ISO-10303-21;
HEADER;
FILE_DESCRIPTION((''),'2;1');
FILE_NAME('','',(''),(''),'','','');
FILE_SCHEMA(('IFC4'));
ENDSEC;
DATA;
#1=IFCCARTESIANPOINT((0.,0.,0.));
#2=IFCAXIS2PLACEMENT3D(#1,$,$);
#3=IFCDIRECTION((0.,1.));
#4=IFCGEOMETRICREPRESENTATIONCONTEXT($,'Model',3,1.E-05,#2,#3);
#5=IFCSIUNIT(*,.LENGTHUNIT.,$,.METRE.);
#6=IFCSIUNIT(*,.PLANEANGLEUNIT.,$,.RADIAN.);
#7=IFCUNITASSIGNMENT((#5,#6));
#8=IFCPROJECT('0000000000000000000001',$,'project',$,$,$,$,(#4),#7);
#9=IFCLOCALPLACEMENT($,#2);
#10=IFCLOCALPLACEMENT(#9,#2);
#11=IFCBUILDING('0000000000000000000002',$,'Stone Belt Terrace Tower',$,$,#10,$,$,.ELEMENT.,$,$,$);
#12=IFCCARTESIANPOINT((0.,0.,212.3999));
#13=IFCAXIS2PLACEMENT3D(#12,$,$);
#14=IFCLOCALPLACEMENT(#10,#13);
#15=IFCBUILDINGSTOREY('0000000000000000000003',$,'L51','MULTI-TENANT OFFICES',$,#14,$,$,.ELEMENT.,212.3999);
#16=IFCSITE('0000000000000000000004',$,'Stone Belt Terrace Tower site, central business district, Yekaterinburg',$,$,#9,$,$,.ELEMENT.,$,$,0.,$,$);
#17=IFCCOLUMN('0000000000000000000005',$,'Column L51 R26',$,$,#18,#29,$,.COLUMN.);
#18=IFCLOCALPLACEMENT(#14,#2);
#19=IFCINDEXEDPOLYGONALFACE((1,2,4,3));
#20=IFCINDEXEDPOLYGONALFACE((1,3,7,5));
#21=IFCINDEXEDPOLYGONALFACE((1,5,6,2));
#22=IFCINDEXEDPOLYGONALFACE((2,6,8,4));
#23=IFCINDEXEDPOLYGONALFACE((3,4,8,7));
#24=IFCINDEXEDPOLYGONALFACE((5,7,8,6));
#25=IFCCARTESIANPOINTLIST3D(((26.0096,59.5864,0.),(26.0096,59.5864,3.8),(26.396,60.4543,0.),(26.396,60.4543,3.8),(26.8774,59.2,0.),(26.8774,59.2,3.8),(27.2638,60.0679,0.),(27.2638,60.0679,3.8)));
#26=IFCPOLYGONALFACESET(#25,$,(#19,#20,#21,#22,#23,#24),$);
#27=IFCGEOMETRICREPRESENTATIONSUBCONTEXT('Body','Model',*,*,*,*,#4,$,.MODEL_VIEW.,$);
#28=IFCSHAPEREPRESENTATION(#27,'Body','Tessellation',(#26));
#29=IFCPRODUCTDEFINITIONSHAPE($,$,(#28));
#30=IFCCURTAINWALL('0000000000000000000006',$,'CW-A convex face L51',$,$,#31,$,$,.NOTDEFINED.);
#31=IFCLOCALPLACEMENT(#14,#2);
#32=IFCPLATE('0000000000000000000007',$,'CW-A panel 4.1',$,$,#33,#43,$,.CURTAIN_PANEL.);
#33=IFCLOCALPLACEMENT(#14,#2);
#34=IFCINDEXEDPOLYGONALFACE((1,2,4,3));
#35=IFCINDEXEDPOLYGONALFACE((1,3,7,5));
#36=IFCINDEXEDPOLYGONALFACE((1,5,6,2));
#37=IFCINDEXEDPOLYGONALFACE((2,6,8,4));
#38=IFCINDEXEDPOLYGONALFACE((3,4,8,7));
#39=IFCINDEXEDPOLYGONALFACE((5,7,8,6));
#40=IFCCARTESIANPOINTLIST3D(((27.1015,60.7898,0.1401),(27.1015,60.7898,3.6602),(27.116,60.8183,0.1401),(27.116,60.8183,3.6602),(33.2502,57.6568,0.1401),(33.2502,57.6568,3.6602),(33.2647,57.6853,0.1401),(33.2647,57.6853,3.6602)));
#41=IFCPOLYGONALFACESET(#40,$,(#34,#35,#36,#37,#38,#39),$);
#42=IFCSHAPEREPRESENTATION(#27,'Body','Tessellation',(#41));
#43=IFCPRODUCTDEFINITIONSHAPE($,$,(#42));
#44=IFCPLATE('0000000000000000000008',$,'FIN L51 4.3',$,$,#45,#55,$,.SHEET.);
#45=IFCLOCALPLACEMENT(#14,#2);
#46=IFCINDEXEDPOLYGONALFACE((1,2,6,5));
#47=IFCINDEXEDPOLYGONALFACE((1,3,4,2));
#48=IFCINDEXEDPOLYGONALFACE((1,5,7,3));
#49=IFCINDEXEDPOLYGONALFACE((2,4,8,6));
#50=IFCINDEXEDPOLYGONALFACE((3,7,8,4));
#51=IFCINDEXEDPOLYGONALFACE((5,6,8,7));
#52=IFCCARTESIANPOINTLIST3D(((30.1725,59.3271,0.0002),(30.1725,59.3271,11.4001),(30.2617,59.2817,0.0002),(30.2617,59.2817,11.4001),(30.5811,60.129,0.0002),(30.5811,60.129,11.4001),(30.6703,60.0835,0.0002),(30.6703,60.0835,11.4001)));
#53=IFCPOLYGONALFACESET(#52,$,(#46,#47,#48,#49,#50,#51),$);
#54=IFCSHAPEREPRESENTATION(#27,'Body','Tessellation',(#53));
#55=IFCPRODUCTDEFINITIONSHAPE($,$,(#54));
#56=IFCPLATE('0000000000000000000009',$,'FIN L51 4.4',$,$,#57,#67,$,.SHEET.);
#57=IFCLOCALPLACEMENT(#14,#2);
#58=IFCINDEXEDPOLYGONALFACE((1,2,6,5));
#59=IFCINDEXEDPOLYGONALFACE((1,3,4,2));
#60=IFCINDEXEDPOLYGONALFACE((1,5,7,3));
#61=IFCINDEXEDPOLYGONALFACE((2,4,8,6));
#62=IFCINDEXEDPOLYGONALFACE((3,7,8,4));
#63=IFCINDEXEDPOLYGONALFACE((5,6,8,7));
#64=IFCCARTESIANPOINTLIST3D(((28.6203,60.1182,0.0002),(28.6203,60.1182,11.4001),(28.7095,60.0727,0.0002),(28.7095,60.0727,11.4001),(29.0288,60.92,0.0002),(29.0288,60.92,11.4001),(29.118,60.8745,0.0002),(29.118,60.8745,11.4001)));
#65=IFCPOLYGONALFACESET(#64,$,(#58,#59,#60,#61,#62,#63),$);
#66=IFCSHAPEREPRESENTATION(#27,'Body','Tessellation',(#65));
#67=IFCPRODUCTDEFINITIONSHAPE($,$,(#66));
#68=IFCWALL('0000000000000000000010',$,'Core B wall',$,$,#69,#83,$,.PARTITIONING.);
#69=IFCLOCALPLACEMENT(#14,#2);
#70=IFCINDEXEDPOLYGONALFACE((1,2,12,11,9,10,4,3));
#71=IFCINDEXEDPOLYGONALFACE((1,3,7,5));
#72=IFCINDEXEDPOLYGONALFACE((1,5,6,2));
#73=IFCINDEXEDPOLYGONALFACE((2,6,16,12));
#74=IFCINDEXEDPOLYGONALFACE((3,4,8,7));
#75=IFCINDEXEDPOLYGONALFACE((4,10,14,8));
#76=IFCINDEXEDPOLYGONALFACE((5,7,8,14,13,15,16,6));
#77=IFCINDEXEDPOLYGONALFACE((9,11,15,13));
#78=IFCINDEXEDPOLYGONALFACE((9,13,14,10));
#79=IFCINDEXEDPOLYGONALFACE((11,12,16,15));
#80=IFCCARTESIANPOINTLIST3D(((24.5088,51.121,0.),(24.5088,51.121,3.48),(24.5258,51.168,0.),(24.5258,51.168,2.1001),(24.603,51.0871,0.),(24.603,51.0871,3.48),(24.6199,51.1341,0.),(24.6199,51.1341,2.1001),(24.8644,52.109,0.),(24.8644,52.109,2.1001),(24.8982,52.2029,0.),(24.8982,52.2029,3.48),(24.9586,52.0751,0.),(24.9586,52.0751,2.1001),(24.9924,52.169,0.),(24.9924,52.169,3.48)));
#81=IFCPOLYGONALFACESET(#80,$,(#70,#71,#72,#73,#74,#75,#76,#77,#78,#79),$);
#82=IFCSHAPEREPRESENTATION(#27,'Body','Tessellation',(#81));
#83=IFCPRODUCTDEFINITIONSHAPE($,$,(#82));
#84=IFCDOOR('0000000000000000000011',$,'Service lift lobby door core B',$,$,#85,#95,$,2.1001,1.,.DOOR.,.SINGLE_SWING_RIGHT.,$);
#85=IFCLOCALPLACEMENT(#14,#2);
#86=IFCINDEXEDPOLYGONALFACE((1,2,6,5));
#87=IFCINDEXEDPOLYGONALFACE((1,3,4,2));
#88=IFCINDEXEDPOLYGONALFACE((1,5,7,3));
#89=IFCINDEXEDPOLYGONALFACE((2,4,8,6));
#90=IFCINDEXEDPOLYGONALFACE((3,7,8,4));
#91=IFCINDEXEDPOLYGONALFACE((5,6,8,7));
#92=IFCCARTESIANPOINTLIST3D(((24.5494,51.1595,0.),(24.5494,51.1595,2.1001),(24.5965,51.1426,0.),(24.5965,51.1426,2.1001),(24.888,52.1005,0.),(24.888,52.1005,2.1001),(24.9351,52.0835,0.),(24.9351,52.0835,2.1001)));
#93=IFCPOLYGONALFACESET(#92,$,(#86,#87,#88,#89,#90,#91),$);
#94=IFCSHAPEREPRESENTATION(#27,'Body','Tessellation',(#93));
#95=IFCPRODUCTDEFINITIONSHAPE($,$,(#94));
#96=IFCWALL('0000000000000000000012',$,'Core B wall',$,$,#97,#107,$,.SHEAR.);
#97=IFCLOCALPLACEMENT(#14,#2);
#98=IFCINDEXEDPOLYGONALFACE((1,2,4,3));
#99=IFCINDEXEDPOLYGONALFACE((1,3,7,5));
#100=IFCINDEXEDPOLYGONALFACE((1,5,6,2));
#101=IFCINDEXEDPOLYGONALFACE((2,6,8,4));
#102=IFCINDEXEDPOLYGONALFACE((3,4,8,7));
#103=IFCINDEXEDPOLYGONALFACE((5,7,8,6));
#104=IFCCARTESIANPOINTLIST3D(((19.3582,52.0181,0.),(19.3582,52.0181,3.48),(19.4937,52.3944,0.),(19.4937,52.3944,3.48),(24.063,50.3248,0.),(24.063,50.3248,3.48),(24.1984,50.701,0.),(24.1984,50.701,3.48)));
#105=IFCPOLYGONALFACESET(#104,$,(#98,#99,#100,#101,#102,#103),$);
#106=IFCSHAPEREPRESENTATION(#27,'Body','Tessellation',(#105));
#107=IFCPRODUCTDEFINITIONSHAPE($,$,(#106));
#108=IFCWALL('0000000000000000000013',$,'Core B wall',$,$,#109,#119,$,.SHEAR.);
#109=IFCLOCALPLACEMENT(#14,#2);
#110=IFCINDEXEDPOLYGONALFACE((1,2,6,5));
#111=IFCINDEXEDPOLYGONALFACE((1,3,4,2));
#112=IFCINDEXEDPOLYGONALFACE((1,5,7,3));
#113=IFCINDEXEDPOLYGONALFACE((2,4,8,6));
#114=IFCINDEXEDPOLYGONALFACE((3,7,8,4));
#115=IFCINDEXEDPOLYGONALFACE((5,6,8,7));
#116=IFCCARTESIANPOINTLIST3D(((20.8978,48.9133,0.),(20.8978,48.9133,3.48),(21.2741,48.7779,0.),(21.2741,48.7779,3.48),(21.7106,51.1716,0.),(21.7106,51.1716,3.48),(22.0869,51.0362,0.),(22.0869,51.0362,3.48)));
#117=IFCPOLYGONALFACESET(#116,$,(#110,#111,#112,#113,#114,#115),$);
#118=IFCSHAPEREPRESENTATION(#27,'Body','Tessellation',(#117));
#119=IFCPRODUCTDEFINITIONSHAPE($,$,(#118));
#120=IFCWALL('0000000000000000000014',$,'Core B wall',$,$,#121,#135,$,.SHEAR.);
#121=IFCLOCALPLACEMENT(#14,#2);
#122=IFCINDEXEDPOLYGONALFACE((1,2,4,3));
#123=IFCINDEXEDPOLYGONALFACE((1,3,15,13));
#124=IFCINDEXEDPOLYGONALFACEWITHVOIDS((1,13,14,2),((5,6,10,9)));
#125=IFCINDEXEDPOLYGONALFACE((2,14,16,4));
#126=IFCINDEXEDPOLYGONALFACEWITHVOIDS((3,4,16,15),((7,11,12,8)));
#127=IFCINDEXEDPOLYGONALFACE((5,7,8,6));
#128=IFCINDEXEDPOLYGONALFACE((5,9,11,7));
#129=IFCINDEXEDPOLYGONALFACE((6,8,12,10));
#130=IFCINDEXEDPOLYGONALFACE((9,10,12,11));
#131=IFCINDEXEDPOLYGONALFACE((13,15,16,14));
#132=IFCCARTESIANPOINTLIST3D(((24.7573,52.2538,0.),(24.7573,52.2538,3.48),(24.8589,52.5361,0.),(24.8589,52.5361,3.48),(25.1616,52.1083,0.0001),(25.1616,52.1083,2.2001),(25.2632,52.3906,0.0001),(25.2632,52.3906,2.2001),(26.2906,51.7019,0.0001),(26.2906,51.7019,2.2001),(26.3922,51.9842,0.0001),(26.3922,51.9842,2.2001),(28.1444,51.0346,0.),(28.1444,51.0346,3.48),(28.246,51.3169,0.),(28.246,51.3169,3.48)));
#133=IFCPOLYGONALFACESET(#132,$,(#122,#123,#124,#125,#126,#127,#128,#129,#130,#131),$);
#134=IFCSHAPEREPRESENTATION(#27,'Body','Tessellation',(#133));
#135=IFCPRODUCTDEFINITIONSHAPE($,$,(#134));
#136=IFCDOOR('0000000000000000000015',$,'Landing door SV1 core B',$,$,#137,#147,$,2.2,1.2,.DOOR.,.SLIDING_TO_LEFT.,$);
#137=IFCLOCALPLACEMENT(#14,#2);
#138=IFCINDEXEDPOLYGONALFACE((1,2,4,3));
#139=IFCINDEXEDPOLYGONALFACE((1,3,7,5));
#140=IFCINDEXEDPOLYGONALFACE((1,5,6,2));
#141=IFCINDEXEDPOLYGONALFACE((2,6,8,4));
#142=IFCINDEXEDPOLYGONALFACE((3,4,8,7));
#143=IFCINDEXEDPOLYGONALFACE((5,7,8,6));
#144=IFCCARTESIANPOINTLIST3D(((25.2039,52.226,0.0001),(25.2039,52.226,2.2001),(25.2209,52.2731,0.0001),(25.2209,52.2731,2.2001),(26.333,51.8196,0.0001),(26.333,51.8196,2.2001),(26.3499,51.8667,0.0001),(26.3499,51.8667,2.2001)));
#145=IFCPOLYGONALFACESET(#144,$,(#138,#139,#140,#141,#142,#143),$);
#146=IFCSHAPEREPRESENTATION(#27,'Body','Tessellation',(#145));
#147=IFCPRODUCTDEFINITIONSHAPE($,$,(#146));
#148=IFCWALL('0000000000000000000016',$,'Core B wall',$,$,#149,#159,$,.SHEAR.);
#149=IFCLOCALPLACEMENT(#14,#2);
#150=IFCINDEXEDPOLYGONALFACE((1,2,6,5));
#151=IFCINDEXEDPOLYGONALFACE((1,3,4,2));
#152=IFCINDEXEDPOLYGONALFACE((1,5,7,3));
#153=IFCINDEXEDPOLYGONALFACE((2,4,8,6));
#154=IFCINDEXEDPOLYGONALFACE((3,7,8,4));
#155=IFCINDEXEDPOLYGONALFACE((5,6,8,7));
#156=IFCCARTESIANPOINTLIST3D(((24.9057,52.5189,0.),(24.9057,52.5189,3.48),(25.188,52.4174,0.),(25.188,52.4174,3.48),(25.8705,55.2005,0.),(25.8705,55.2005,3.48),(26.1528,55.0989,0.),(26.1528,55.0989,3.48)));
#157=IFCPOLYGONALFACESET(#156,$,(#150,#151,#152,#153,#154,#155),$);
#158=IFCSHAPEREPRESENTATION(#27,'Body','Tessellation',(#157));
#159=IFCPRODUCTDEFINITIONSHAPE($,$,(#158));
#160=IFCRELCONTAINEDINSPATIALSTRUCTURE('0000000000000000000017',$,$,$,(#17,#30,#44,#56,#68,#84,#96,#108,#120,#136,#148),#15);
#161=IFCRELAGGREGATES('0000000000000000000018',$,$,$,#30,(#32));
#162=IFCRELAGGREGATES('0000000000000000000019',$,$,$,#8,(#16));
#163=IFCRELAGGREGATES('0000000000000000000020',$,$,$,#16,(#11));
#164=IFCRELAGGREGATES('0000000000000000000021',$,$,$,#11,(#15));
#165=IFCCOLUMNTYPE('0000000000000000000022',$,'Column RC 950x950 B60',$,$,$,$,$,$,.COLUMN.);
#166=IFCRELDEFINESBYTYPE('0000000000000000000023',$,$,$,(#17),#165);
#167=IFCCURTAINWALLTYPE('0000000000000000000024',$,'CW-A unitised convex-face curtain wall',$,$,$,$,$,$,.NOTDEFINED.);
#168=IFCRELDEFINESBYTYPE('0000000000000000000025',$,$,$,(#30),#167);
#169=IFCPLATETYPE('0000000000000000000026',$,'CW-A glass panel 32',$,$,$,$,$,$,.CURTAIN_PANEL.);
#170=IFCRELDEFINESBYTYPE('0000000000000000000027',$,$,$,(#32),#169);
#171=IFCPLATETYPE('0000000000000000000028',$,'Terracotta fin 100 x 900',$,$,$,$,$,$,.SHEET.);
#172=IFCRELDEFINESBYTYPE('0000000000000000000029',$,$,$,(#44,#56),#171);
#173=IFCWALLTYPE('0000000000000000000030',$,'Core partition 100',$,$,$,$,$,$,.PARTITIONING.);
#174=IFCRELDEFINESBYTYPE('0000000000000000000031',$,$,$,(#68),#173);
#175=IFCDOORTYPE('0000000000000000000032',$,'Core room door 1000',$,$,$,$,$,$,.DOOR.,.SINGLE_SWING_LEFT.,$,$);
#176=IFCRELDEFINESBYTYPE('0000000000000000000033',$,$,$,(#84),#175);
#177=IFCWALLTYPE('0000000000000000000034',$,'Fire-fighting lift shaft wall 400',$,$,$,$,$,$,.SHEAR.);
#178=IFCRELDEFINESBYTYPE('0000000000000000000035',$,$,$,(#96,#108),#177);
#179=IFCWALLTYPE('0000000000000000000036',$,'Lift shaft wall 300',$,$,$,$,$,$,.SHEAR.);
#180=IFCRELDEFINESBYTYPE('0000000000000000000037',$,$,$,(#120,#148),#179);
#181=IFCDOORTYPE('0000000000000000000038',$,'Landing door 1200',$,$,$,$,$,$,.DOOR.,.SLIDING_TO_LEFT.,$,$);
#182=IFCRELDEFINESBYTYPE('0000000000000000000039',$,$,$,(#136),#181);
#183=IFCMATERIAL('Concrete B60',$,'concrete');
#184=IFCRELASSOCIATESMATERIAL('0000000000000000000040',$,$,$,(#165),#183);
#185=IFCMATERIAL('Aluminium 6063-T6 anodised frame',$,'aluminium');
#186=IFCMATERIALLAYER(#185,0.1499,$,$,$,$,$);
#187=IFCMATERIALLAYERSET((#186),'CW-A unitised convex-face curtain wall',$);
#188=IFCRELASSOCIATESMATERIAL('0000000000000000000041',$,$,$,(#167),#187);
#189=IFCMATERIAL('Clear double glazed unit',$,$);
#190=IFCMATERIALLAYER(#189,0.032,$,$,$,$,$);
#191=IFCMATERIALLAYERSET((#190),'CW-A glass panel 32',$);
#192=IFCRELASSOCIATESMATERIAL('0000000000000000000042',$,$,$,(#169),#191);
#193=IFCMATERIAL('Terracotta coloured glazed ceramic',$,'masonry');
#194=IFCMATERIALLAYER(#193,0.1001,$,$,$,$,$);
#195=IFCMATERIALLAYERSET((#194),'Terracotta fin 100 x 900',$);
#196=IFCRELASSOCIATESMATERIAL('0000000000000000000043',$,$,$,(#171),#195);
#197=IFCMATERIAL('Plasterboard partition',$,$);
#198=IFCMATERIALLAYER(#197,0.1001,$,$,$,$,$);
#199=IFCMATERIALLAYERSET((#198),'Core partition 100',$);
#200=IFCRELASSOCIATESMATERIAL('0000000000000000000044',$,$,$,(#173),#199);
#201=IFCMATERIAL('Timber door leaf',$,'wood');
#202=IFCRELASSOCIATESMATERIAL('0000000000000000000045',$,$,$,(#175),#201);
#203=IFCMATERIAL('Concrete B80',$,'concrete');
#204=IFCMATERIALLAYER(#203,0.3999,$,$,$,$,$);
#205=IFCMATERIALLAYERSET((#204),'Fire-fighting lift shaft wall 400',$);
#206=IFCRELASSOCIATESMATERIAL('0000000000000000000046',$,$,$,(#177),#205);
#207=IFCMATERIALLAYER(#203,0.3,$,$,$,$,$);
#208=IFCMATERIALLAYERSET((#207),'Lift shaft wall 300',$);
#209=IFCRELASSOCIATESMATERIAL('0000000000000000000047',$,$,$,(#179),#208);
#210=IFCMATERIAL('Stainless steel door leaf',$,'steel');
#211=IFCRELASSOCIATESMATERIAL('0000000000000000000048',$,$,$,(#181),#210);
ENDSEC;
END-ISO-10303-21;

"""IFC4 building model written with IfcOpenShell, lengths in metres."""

from ifc_helpers import new_model, si_unit, direction, frame, frame_2d, origin, origin_2d, place, context, subcontext, project, spatial, rectangle, extrude, material, layer, layer_set, material_profile, profile_set, type_object, element, fill, aggregate, save


model = new_model("IFC4")

# Units and contexts
model_context = context("Model", 3, precision=1e-05, world=origin(), true_north=direction((0.0, 1.0)))
body_context = subcontext(model_context, "Body", "Model", "MODEL_VIEW")
ifc_project = project(units=[si_unit("LENGTHUNIT", "METRE"), si_unit("PLANEANGLEUNIT", "RADIAN")], contexts=[model_context])

# Site, building, storey
site_placement = place(None, origin())
site = spatial("IfcSite", under=ifc_project, at=site_placement, Name="Stone Belt Terrace Tower site, central business district, Yekaterinburg", CompositionType="ELEMENT", RefElevation=0.0)
building_placement = place(site_placement, origin())
building = spatial("IfcBuilding", under=site, at=building_placement, Name="Stone Belt Terrace Tower", CompositionType="ELEMENT")
storey_placement = place(building_placement, frame((0.0, 0.0, 212.3999)))
storey = spatial("IfcBuildingStorey", under=building, at=storey_placement, Name="L51", Description="MULTI-TENANT OFFICES", CompositionType="ELEMENT", Elevation=212.3999)

# Column
ifc_material_1 = material(Name="Concrete B60", Category="concrete")
ifc_material_profile = material_profile(ifc_material_1, rectangle(XDim=0.95, YDim=0.95, at=origin_2d()), Name="RC 950x950")
ifc_profile_set = profile_set([ifc_material_profile], Name="Concrete B60")
column_type = type_object("IfcColumnType", Name="Column RC 950x950 B60", PredefinedType="COLUMN", material=ifc_profile_set)
column_placement = place(storey_placement, frame((26.6367, 59.8271, 0.0), z_axis=(0.0, 0.0, 1.0), x_axis=(0.913545, -0.406737, 0.0)))
element("IfcColumn", 1, at=column_placement, inside=storey, type_object=column_type, Name="Column L51 R26", PredefinedType="COLUMN", context=body_context, shape_type="SweptSolid", body=[
    extrude(rectangle(XDim=0.95, YDim=0.95, at=origin_2d()), origin(), (0.0, 0.0, 1.0), 3.8),
])

# Curtain wall, plate
ifc_material_2 = material(Name="Aluminium 6063-T6 anodised frame", Category="aluminium")
ifc_layer_1 = layer(ifc_material_2, 0.1499)
ifc_layer_set_1 = layer_set([ifc_layer_1], Name="CW-A unitised convex-face curtain wall")
curtain_wall_type = type_object("IfcCurtainWallType", Name="CW-A unitised convex-face curtain wall", PredefinedType="NOTDEFINED", material=ifc_layer_set_1)
curtain_wall_placement = place(storey_placement, origin())
curtain_wall = element("IfcCurtainWall", 2, at=curtain_wall_placement, inside=storey, type_object=curtain_wall_type, Name="CW-A convex face L51", PredefinedType="NOTDEFINED")
ifc_material_3 = material(Name="Clear double glazed unit")
ifc_layer_2 = layer(ifc_material_3, 0.032)
ifc_layer_set_2 = layer_set([ifc_layer_2], Name="CW-A glass panel 32")
plate_type_1 = type_object("IfcPlateType", Name="CW-A glass panel 32", PredefinedType="CURTAIN_PANEL", material=ifc_layer_set_2)
plate_placement = place(storey_placement, frame((30.1831, 59.2375, 0.1401), z_axis=(0.0, 0.0, 1.0), x_axis=(-0.891007, 0.45399, 0.0)))
plate = element("IfcPlate", 3, at=plate_placement, type_object=plate_type_1, Name="CW-A panel 4.1", PredefinedType="CURTAIN_PANEL", context=body_context, shape_type="SweptSolid", body=[
    extrude(rectangle(XDim=6.9009, YDim=0.032, at=origin_2d()), origin(), (0.0, 0.0, 1.0), 3.52),
])
aggregate(curtain_wall, [plate])

# Plates
ifc_material_4 = material(Name="Terracotta coloured glazed ceramic", Category="masonry")
ifc_layer_3 = layer(ifc_material_4, 0.1001)
ifc_layer_set_3 = layer_set([ifc_layer_3], Name="Terracotta fin 100 x 900")
plate_type_2 = type_object("IfcPlateType", Name="Terracotta fin 100 x 900", PredefinedType="SHEET", material=ifc_layer_set_3)
for number, where, z_axis, x_axis, name in (
    (4, (30.4214, 59.7053, 0.0002), (0.0, 0.0, 1.0), (0.45399, 0.891007, 0.0), "FIN L51 4.3"),
    (5, (28.8691, 60.4963, 0.0002), (0.0, 0.0, 1.0), (0.45399, 0.891007, 0.0), "FIN L51 4.4"),
):
    element("IfcPlate", number, at=place(storey_placement, frame(where, z_axis=z_axis, x_axis=x_axis)), inside=storey, type_object=plate_type_2, Name=name, PredefinedType="SHEET", context=body_context, shape_type="SweptSolid", body=[
        extrude(rectangle(XDim=0.8999, YDim=0.1001, at=origin_2d()), origin(), (0.0, 0.0, 1.0), 11.3999),
    ])

# Wall, opening, door
ifc_material_5 = material(Name="Plasterboard partition")
ifc_layer_4 = layer(ifc_material_5, 0.1001)
ifc_layer_set_4 = layer_set([ifc_layer_4], Name="Core partition 100")
wall_type_1 = type_object("IfcWallType", Name="Core partition 100", PredefinedType="PARTITIONING", material=ifc_layer_set_4)
wall_1_placement = place(storey_placement, frame((24.5559, 51.104, 0.0), z_axis=(0.0, 0.0, 1.0), x_axis=(0.338622, 0.940923, 0.0)))
wall_1 = element("IfcWall", 6, at=wall_1_placement, inside=storey, type_object=wall_type_1, Name="Core B wall", PredefinedType="PARTITIONING", context=body_context, shape_type="SweptSolid", body=[
    extrude(rectangle(XDim=1.1499, YDim=0.1001, at=frame_2d((0.575, 0.0))), origin(), (0.0, 0.0, 1.0), 3.48),
])
opening_1_placement = place(wall_1_placement, frame((0.05, 0.0, 0.0)))
opening_1 = element("IfcOpeningElement", 7, at=opening_1_placement, cuts=wall_1, PredefinedType="OPENING", context=body_context, shape_type="SweptSolid", body=[
    extrude(rectangle(XDim=1.0, YDim=2.1001, at=frame_2d((0.5, 1.05))), frame((0.0, 0.0601, 0.0), z_axis=(0.0, -1.0, 0.0), x_axis=(1.0, 0.0, 0.0)), (0.0, 0.0, 1.0), 0.1201),
])
ifc_material_6 = material(Name="Timber door leaf", Category="wood")
door_type_1 = type_object("IfcDoorType", Name="Core room door 1000", OperationType="SINGLE_SWING_LEFT", PredefinedType="DOOR", material=ifc_material_6)
door_1_placement = place(opening_1_placement, origin())
door_1 = element("IfcDoor", 8, at=door_1_placement, inside=storey, type_object=door_type_1, Name="Service lift lobby door core B", OperationType="SINGLE_SWING_RIGHT", OverallHeight=2.1001, OverallWidth=1.0, PredefinedType="DOOR", context=body_context, shape_type="SweptSolid", body=[
    extrude(rectangle(XDim=1.0, YDim=2.1001, at=frame_2d((0.5, 1.05))), frame((0.0, 0.0249, 0.0), z_axis=(0.0, -1.0, 0.0), x_axis=(1.0, 0.0, 0.0)), (0.0, 0.0, 1.0), 0.05),
])
fill(opening_1, door_1)

# Walls
ifc_material_7 = material(Name="Concrete B80", Category="concrete")
ifc_layer_5 = layer(ifc_material_7, 0.3999)
ifc_layer_set_5 = layer_set([ifc_layer_5], Name="Fire-fighting lift shaft wall 400")
wall_type_2 = type_object("IfcWallType", Name="Fire-fighting lift shaft wall 400", PredefinedType="SHEAR", material=ifc_layer_set_5)
wall_2_placement = place(storey_placement, frame((24.1306, 50.5129, 0.0), z_axis=(0.0, 0.0, 1.0), x_axis=(-0.940912, 0.338652, 0.0)))
element("IfcWall", 9, at=wall_2_placement, inside=storey, type_object=wall_type_2, Name="Core B wall", PredefinedType="SHEAR", context=body_context, shape_type="SweptSolid", body=[
    extrude(rectangle(XDim=5.0002, YDim=0.3999, at=frame_2d((2.5, 0.0))), origin(), (0.0, 0.0, 1.0), 3.48),
])
wall_3_placement = place(storey_placement, frame((21.0859, 48.8455, 0.0), z_axis=(0.0, 0.0, 1.0), x_axis=(0.338629, 0.94092, 0.0)))
element("IfcWall", 10, at=wall_3_placement, inside=storey, type_object=wall_type_2, Name="Core B wall", PredefinedType="SHEAR", context=body_context, shape_type="SweptSolid", body=[
    extrude(rectangle(XDim=2.4001, YDim=0.3999, at=frame_2d((1.2002, 0.0))), origin(), (0.0, 0.0, 1.0), 3.48),
])

# Wall, opening, door
ifc_layer_6 = layer(ifc_material_7, 0.3)
ifc_layer_set_6 = layer_set([ifc_layer_6], Name="Lift shaft wall 300")
wall_type_3 = type_object("IfcWallType", Name="Lift shaft wall 300", PredefinedType="SHEAR", material=ifc_layer_set_6)
wall_4_placement = place(storey_placement, frame((28.1951, 51.1758, 0.0), z_axis=(0.0, 0.0, 1.0), x_axis=(-0.940901, 0.338681, 0.0)))
wall_4 = element("IfcWall", 11, at=wall_4_placement, inside=storey, type_object=wall_type_3, Name="Core B wall", PredefinedType="SHEAR", context=body_context, shape_type="SweptSolid", body=[
    extrude(rectangle(XDim=3.5999, YDim=0.3, at=frame_2d((1.7998, 0.0))), origin(), (0.0, 0.0, 1.0), 3.48),
])
opening_2_placement = place(wall_4_placement, frame((1.97, 0.0, 0.0)))
opening_2 = element("IfcOpeningElement", 12, at=opening_2_placement, cuts=wall_4, PredefinedType="OPENING", context=body_context, shape_type="SweptSolid", body=[
    extrude(rectangle(XDim=1.2, YDim=2.2, at=frame_2d((0.6001, 1.1001))), frame((0.0, 0.1599, 0.0), z_axis=(0.0, -1.0, 0.0), x_axis=(1.0, 0.0, 0.0)), (0.0, 0.0, 1.0), 0.3201),
])
ifc_material_8 = material(Name="Stainless steel door leaf", Category="steel")
door_type_2 = type_object("IfcDoorType", Name="Landing door 1200", OperationType="SLIDING_TO_LEFT", PredefinedType="DOOR", material=ifc_material_8)
door_2_placement = place(opening_2_placement, origin())
door_2 = element("IfcDoor", 13, at=door_2_placement, inside=storey, type_object=door_type_2, Name="Landing door SV1 core B", OperationType="SLIDING_TO_LEFT", OverallHeight=2.2, OverallWidth=1.2, PredefinedType="DOOR", context=body_context, shape_type="SweptSolid", body=[
    extrude(rectangle(XDim=1.2, YDim=2.2, at=frame_2d((0.6001, 1.1001))), frame((0.0, 0.0249, 0.0), z_axis=(0.0, -1.0, 0.0), x_axis=(1.0, 0.0, 0.0)), (0.0, 0.0, 1.0), 0.05),
])
fill(opening_2, door_2)

# Wall
wall_5_placement = place(storey_placement, frame((25.0469, 52.4683, 0.0), z_axis=(0.0, 0.0, 1.0), x_axis=(0.33855, 0.940949, 0.0)))
element("IfcWall", 14, at=wall_5_placement, inside=storey, type_object=wall_type_3, Name="Core B wall", PredefinedType="SHEAR", context=body_context, shape_type="SweptSolid", body=[
    extrude(rectangle(XDim=2.8499, YDim=0.3, at=frame_2d((1.4248, 0.0))), origin(), (0.0, 0.0, 1.0), 3.48),
])

save(model, "model.ifc")
